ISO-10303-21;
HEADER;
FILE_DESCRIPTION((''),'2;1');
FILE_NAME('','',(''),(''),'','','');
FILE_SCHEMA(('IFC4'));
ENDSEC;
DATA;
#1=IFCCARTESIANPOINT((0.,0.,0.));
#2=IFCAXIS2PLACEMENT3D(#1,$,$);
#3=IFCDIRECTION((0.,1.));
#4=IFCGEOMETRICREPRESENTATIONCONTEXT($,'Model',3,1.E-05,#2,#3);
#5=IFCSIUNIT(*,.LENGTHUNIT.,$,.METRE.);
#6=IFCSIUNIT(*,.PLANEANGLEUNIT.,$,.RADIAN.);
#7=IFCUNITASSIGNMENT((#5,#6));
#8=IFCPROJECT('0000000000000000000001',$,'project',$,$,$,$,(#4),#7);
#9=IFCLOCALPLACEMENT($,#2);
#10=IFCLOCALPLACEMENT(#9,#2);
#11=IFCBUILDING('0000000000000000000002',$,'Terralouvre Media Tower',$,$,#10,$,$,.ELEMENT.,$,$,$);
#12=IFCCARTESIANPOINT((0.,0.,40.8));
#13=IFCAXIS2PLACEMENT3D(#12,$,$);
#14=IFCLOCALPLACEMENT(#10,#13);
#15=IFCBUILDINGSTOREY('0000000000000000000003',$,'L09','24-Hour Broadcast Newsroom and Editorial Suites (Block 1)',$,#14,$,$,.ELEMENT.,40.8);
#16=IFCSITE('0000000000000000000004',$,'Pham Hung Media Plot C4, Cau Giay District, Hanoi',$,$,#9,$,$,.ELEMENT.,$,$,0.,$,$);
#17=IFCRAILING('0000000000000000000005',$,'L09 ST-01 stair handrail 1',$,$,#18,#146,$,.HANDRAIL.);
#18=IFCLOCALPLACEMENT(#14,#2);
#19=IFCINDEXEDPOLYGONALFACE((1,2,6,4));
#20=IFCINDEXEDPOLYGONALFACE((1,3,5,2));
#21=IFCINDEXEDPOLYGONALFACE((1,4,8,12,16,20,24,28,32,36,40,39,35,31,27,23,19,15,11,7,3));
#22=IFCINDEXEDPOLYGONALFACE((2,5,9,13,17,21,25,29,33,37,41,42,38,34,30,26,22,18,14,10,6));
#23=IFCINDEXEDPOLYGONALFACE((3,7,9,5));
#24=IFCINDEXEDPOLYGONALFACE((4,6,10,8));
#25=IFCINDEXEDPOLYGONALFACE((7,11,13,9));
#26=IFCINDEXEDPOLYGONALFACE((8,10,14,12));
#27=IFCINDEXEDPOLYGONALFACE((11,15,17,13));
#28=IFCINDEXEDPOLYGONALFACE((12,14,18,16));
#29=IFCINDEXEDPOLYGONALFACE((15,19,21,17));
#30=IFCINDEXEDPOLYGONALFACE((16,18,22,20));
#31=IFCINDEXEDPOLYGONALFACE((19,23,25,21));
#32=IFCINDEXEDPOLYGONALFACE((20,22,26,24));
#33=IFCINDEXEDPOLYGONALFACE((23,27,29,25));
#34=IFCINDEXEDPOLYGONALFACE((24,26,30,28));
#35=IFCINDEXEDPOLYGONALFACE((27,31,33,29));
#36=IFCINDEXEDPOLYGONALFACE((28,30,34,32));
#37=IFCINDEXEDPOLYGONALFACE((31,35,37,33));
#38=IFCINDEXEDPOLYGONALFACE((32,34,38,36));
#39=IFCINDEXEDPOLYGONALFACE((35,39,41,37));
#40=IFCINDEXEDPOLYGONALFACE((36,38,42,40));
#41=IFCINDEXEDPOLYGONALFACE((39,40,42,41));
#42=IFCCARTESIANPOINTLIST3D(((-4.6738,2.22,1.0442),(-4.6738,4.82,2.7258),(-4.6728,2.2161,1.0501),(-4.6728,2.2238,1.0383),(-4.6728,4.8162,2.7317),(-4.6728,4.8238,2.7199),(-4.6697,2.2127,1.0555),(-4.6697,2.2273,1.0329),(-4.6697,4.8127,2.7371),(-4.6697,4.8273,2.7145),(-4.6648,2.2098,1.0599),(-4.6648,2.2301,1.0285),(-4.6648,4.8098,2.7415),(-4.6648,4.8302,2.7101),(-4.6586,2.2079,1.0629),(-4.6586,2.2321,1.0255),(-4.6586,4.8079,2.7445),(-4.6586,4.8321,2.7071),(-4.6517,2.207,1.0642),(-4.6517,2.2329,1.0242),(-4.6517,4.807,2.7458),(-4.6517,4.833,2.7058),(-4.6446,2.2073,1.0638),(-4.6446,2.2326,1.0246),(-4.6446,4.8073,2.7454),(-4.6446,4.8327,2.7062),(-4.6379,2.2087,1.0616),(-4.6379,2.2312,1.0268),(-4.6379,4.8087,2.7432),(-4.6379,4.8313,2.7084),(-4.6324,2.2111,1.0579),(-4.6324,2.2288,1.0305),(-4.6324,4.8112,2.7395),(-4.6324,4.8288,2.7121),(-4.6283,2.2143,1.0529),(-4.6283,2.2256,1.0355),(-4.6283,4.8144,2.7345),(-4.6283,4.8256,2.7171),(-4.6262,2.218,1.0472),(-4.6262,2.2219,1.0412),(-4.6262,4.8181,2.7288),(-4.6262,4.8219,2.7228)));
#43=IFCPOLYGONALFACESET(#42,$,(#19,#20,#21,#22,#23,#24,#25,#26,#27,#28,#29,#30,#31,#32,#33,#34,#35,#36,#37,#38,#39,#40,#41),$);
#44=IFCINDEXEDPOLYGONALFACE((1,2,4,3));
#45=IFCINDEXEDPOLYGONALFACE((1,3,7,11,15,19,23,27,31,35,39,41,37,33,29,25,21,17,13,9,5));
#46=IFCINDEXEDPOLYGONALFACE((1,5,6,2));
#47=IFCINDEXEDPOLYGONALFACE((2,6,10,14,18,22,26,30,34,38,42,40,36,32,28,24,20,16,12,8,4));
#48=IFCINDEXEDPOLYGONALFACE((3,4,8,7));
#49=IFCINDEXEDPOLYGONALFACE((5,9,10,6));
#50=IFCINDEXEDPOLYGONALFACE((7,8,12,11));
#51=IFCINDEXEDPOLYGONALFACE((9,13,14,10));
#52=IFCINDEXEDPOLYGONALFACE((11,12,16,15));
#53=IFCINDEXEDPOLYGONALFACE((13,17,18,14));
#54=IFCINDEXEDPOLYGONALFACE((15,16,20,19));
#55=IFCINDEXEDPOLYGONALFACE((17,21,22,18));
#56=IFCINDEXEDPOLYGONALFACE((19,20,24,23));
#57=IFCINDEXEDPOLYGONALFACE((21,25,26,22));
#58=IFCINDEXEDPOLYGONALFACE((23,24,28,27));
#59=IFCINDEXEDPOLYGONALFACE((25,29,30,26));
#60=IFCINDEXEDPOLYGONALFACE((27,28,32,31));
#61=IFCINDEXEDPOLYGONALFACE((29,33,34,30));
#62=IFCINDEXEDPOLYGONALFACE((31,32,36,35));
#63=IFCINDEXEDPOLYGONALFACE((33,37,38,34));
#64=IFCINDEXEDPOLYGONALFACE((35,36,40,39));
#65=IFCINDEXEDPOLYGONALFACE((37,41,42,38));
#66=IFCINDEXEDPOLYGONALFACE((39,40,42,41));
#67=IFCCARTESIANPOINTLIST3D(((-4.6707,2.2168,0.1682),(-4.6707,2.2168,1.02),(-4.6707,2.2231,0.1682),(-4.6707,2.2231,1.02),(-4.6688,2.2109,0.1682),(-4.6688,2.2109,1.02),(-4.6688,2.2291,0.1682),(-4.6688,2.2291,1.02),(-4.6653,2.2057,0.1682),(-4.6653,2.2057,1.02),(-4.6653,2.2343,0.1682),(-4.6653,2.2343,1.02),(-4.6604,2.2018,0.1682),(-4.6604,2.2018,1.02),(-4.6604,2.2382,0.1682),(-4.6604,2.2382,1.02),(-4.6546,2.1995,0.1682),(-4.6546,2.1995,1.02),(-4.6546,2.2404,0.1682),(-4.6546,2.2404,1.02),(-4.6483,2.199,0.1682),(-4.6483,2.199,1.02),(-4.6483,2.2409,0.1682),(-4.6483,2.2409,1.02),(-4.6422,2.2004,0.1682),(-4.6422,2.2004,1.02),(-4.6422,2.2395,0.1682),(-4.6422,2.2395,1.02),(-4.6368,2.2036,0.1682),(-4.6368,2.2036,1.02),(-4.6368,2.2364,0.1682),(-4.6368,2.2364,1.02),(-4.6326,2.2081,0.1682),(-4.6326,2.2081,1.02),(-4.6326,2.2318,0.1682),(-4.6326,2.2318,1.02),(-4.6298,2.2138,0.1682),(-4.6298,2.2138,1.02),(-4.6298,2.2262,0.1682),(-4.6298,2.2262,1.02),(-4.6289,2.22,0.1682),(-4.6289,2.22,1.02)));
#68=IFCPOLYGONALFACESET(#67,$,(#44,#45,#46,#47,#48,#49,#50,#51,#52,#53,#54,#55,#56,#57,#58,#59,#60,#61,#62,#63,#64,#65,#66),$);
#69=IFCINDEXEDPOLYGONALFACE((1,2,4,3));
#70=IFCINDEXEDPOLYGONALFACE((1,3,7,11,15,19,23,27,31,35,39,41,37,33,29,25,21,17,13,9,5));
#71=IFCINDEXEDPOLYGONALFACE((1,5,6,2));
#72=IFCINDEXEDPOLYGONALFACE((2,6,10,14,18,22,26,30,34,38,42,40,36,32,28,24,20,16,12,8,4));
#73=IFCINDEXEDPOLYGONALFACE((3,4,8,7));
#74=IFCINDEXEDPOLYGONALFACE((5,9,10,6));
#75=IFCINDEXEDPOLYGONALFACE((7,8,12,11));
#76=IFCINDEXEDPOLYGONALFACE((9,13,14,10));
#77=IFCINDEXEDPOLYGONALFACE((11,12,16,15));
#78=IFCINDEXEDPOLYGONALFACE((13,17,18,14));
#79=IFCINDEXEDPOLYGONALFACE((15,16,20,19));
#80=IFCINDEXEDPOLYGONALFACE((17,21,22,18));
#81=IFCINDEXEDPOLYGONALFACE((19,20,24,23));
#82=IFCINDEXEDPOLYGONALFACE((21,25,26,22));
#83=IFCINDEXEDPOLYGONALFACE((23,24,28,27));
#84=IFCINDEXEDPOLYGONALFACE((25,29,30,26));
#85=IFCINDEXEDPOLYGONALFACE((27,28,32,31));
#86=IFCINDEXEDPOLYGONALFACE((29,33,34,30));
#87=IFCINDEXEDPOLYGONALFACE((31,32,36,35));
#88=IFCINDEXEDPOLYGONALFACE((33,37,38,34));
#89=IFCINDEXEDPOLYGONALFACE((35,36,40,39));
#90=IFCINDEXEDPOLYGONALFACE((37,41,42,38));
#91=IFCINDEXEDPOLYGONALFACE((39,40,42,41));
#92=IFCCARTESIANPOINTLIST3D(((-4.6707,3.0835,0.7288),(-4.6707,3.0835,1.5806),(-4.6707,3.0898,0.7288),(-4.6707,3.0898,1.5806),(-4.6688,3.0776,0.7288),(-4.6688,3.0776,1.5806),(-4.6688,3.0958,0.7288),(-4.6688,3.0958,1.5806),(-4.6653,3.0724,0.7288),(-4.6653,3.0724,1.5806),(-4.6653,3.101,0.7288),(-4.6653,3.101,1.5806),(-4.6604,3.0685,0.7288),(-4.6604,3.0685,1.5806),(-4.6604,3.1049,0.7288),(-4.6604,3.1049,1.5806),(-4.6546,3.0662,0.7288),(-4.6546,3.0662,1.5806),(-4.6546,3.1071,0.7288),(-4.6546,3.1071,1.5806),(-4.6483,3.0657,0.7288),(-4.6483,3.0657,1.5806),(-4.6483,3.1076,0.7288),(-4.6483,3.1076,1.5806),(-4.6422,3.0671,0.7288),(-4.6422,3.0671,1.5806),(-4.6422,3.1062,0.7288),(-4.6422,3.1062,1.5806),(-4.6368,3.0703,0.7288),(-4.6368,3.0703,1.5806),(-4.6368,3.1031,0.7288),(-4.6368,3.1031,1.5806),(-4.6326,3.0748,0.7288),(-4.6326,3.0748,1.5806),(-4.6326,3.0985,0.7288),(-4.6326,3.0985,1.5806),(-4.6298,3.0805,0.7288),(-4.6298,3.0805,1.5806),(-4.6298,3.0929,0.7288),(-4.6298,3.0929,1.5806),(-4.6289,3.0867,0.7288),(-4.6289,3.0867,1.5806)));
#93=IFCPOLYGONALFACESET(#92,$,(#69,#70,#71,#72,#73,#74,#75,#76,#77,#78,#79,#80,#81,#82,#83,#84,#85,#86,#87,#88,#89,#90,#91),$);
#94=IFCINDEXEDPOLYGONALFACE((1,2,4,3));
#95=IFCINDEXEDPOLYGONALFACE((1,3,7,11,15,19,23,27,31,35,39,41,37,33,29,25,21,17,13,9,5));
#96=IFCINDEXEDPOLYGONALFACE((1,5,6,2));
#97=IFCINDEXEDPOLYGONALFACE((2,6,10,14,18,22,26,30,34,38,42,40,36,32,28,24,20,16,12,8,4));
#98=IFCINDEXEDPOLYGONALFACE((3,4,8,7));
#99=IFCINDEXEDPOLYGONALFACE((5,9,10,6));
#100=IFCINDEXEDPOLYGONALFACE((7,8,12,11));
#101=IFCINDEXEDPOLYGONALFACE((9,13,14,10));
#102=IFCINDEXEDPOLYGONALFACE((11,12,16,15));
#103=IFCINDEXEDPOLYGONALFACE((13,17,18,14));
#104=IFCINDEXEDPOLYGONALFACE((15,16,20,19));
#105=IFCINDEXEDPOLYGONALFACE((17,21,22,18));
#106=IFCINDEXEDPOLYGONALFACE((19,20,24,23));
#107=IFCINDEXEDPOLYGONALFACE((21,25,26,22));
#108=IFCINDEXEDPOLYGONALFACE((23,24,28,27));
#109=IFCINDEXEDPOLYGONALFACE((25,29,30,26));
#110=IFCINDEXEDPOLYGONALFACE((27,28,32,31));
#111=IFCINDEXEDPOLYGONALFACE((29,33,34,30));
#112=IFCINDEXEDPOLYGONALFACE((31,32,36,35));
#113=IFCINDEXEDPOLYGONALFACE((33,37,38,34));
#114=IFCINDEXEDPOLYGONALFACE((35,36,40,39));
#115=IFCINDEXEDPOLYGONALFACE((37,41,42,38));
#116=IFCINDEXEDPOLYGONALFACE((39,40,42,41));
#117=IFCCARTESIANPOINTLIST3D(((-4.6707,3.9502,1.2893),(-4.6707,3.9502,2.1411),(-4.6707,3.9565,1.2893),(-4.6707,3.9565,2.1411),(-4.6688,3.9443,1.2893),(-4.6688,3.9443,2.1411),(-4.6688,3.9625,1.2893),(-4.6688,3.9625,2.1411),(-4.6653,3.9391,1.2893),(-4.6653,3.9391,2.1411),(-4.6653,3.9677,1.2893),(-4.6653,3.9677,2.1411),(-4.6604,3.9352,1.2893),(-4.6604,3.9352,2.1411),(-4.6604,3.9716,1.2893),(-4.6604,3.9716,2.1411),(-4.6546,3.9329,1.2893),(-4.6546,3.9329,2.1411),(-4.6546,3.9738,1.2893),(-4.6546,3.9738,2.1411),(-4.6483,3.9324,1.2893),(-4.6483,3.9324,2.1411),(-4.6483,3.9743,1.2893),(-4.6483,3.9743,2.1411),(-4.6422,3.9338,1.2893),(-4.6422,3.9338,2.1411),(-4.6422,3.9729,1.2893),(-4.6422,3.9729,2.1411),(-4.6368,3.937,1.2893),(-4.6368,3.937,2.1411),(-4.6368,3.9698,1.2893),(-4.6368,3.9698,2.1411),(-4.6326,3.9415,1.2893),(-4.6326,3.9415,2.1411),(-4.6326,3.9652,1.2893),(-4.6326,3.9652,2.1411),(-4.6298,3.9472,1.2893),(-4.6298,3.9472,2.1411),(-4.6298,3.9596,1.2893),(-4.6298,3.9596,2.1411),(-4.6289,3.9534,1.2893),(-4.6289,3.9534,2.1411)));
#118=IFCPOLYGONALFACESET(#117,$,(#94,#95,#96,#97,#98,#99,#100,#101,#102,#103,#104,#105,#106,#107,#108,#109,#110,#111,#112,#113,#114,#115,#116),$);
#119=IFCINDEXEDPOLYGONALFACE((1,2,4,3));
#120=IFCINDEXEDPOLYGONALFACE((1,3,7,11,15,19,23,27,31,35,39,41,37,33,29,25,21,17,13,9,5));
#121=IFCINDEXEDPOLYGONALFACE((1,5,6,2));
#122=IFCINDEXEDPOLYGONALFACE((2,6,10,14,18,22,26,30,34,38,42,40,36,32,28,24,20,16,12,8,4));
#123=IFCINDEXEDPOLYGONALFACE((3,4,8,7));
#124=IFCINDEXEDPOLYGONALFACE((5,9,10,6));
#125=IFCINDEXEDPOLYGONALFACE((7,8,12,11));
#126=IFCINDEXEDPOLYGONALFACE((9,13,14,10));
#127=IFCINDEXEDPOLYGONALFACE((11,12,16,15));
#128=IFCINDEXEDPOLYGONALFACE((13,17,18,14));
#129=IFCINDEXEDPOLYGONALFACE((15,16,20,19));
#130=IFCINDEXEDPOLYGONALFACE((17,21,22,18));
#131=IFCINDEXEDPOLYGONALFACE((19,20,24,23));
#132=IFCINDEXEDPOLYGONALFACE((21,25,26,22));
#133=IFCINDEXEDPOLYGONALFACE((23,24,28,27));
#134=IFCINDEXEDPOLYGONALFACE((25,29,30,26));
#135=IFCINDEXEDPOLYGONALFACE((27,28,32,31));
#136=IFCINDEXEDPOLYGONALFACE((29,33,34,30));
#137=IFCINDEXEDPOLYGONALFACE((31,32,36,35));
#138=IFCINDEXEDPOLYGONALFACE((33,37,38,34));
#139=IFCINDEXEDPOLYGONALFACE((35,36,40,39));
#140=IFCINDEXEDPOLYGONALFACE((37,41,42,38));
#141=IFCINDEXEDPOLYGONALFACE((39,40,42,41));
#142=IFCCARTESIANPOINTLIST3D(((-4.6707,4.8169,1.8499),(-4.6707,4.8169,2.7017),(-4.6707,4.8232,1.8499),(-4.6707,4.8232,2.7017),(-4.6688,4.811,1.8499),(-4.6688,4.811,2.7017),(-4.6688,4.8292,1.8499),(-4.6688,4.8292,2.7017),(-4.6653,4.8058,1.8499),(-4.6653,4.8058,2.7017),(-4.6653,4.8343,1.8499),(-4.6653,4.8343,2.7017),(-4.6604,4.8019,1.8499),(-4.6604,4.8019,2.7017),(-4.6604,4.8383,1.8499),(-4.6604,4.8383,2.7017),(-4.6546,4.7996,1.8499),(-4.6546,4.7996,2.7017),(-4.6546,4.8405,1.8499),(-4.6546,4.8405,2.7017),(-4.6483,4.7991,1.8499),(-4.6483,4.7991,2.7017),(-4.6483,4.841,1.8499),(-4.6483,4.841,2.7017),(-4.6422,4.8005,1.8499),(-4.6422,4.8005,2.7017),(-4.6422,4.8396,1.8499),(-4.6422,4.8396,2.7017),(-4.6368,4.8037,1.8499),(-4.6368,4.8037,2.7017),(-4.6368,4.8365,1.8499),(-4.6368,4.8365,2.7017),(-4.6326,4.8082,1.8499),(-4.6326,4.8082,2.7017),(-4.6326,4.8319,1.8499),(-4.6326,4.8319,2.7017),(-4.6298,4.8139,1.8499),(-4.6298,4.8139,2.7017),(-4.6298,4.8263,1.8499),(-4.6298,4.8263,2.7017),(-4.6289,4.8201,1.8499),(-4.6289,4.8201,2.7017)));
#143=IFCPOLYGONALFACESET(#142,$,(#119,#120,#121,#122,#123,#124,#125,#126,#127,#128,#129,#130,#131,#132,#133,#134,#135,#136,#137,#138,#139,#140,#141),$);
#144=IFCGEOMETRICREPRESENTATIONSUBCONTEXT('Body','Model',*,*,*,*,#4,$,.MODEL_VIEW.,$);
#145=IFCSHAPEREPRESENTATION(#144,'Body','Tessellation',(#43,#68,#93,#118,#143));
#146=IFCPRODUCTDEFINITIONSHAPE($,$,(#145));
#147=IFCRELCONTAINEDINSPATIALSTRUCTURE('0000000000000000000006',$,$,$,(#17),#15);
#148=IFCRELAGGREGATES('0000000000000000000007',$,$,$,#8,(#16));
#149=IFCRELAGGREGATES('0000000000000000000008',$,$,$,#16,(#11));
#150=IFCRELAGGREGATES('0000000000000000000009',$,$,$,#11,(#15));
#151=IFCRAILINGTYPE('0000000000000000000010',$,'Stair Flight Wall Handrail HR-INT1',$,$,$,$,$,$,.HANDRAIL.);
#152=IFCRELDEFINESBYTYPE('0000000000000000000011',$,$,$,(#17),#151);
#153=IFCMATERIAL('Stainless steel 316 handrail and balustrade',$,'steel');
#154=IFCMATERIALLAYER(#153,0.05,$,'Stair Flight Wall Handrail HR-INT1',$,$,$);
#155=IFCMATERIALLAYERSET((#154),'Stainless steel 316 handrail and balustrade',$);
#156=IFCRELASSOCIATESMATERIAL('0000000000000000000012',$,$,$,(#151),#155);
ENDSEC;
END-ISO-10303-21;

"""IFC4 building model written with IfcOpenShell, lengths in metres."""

from ifc_helpers import new_model, si_unit, direction, frame, origin, origin_2d, place, context, subcontext, project, spatial, circle, extrude, material, layer, layer_set, type_object, element, save


model = new_model("IFC4")

# Units and contexts
model_context = context("Model", 3, precision=1e-05, world=origin(), true_north=direction((0.0, 1.0)))
body_context = subcontext(model_context, "Body", "Model", "MODEL_VIEW")
ifc_project = project(units=[si_unit("LENGTHUNIT", "METRE"), si_unit("PLANEANGLEUNIT", "RADIAN")], contexts=[model_context])

# Site, building, storey
site_placement = place(None, origin())
site = spatial("IfcSite", under=ifc_project, at=site_placement, Name="Pham Hung Media Plot C4, Cau Giay District, Hanoi", CompositionType="ELEMENT", RefElevation=0.0)
building_placement = place(site_placement, origin())
building = spatial("IfcBuilding", under=site, at=building_placement, Name="Terralouvre Media Tower", CompositionType="ELEMENT")
storey_placement = place(building_placement, frame((0.0, 0.0, 40.8)))
storey = spatial("IfcBuildingStorey", under=building, at=storey_placement, Name="L09", Description="24-Hour Broadcast Newsroom and Editorial Suites (Block 1)", CompositionType="ELEMENT", Elevation=40.8)

# Railing
ifc_material_1 = material(Name="Stainless steel 316 handrail and balustrade", Category="steel")
ifc_layer_1 = layer(ifc_material_1, 0.05, Name="Stair Flight Wall Handrail HR-INT1")
ifc_layer_set_1 = layer_set([ifc_layer_1], Name="Stainless steel 316 handrail and balustrade")
railing_type_1 = type_object("IfcRailingType", Name="Stair Flight Wall Handrail HR-INT1", PredefinedType="HANDRAIL", material=ifc_layer_set_1)
railing_1_placement = place(storey_placement, frame((-4.6499, 2.22, 0.1682)))
element("IfcRailing", 1, at=railing_1_placement, inside=storey, type_object=railing_type_1, Name="L09 ST-01 stair handrail 1", PredefinedType="HANDRAIL", context=body_context, shape_type="SweptSolid", body=[
    extrude(circle(Radius=0.0239, at=origin_2d()), frame((0.0, 0.0, 0.876), z_axis=(0.0, 0.839684, 0.543075), x_axis=(-1.0, 0.0, 0.0)), (0.0, 0.0, 1.0), 3.0964),
    extrude(circle(Radius=0.021, at=origin_2d()), origin(), (0.0, 0.0, 1.0), 0.8518),
    extrude(circle(Radius=0.021, at=origin_2d()), frame((0.0, 0.8667, 0.5605)), (0.0, 0.0, 1.0), 0.8518),
    extrude(circle(Radius=0.021, at=origin_2d()), frame((0.0, 1.7334, 1.1211)), (0.0, 0.0, 1.0), 0.8518),
    extrude(circle(Radius=0.021, at=origin_2d()), frame((0.0, 2.6001, 1.6816)), (0.0, 0.0, 1.0), 0.8518),
])

save(model, "model.ifc")
